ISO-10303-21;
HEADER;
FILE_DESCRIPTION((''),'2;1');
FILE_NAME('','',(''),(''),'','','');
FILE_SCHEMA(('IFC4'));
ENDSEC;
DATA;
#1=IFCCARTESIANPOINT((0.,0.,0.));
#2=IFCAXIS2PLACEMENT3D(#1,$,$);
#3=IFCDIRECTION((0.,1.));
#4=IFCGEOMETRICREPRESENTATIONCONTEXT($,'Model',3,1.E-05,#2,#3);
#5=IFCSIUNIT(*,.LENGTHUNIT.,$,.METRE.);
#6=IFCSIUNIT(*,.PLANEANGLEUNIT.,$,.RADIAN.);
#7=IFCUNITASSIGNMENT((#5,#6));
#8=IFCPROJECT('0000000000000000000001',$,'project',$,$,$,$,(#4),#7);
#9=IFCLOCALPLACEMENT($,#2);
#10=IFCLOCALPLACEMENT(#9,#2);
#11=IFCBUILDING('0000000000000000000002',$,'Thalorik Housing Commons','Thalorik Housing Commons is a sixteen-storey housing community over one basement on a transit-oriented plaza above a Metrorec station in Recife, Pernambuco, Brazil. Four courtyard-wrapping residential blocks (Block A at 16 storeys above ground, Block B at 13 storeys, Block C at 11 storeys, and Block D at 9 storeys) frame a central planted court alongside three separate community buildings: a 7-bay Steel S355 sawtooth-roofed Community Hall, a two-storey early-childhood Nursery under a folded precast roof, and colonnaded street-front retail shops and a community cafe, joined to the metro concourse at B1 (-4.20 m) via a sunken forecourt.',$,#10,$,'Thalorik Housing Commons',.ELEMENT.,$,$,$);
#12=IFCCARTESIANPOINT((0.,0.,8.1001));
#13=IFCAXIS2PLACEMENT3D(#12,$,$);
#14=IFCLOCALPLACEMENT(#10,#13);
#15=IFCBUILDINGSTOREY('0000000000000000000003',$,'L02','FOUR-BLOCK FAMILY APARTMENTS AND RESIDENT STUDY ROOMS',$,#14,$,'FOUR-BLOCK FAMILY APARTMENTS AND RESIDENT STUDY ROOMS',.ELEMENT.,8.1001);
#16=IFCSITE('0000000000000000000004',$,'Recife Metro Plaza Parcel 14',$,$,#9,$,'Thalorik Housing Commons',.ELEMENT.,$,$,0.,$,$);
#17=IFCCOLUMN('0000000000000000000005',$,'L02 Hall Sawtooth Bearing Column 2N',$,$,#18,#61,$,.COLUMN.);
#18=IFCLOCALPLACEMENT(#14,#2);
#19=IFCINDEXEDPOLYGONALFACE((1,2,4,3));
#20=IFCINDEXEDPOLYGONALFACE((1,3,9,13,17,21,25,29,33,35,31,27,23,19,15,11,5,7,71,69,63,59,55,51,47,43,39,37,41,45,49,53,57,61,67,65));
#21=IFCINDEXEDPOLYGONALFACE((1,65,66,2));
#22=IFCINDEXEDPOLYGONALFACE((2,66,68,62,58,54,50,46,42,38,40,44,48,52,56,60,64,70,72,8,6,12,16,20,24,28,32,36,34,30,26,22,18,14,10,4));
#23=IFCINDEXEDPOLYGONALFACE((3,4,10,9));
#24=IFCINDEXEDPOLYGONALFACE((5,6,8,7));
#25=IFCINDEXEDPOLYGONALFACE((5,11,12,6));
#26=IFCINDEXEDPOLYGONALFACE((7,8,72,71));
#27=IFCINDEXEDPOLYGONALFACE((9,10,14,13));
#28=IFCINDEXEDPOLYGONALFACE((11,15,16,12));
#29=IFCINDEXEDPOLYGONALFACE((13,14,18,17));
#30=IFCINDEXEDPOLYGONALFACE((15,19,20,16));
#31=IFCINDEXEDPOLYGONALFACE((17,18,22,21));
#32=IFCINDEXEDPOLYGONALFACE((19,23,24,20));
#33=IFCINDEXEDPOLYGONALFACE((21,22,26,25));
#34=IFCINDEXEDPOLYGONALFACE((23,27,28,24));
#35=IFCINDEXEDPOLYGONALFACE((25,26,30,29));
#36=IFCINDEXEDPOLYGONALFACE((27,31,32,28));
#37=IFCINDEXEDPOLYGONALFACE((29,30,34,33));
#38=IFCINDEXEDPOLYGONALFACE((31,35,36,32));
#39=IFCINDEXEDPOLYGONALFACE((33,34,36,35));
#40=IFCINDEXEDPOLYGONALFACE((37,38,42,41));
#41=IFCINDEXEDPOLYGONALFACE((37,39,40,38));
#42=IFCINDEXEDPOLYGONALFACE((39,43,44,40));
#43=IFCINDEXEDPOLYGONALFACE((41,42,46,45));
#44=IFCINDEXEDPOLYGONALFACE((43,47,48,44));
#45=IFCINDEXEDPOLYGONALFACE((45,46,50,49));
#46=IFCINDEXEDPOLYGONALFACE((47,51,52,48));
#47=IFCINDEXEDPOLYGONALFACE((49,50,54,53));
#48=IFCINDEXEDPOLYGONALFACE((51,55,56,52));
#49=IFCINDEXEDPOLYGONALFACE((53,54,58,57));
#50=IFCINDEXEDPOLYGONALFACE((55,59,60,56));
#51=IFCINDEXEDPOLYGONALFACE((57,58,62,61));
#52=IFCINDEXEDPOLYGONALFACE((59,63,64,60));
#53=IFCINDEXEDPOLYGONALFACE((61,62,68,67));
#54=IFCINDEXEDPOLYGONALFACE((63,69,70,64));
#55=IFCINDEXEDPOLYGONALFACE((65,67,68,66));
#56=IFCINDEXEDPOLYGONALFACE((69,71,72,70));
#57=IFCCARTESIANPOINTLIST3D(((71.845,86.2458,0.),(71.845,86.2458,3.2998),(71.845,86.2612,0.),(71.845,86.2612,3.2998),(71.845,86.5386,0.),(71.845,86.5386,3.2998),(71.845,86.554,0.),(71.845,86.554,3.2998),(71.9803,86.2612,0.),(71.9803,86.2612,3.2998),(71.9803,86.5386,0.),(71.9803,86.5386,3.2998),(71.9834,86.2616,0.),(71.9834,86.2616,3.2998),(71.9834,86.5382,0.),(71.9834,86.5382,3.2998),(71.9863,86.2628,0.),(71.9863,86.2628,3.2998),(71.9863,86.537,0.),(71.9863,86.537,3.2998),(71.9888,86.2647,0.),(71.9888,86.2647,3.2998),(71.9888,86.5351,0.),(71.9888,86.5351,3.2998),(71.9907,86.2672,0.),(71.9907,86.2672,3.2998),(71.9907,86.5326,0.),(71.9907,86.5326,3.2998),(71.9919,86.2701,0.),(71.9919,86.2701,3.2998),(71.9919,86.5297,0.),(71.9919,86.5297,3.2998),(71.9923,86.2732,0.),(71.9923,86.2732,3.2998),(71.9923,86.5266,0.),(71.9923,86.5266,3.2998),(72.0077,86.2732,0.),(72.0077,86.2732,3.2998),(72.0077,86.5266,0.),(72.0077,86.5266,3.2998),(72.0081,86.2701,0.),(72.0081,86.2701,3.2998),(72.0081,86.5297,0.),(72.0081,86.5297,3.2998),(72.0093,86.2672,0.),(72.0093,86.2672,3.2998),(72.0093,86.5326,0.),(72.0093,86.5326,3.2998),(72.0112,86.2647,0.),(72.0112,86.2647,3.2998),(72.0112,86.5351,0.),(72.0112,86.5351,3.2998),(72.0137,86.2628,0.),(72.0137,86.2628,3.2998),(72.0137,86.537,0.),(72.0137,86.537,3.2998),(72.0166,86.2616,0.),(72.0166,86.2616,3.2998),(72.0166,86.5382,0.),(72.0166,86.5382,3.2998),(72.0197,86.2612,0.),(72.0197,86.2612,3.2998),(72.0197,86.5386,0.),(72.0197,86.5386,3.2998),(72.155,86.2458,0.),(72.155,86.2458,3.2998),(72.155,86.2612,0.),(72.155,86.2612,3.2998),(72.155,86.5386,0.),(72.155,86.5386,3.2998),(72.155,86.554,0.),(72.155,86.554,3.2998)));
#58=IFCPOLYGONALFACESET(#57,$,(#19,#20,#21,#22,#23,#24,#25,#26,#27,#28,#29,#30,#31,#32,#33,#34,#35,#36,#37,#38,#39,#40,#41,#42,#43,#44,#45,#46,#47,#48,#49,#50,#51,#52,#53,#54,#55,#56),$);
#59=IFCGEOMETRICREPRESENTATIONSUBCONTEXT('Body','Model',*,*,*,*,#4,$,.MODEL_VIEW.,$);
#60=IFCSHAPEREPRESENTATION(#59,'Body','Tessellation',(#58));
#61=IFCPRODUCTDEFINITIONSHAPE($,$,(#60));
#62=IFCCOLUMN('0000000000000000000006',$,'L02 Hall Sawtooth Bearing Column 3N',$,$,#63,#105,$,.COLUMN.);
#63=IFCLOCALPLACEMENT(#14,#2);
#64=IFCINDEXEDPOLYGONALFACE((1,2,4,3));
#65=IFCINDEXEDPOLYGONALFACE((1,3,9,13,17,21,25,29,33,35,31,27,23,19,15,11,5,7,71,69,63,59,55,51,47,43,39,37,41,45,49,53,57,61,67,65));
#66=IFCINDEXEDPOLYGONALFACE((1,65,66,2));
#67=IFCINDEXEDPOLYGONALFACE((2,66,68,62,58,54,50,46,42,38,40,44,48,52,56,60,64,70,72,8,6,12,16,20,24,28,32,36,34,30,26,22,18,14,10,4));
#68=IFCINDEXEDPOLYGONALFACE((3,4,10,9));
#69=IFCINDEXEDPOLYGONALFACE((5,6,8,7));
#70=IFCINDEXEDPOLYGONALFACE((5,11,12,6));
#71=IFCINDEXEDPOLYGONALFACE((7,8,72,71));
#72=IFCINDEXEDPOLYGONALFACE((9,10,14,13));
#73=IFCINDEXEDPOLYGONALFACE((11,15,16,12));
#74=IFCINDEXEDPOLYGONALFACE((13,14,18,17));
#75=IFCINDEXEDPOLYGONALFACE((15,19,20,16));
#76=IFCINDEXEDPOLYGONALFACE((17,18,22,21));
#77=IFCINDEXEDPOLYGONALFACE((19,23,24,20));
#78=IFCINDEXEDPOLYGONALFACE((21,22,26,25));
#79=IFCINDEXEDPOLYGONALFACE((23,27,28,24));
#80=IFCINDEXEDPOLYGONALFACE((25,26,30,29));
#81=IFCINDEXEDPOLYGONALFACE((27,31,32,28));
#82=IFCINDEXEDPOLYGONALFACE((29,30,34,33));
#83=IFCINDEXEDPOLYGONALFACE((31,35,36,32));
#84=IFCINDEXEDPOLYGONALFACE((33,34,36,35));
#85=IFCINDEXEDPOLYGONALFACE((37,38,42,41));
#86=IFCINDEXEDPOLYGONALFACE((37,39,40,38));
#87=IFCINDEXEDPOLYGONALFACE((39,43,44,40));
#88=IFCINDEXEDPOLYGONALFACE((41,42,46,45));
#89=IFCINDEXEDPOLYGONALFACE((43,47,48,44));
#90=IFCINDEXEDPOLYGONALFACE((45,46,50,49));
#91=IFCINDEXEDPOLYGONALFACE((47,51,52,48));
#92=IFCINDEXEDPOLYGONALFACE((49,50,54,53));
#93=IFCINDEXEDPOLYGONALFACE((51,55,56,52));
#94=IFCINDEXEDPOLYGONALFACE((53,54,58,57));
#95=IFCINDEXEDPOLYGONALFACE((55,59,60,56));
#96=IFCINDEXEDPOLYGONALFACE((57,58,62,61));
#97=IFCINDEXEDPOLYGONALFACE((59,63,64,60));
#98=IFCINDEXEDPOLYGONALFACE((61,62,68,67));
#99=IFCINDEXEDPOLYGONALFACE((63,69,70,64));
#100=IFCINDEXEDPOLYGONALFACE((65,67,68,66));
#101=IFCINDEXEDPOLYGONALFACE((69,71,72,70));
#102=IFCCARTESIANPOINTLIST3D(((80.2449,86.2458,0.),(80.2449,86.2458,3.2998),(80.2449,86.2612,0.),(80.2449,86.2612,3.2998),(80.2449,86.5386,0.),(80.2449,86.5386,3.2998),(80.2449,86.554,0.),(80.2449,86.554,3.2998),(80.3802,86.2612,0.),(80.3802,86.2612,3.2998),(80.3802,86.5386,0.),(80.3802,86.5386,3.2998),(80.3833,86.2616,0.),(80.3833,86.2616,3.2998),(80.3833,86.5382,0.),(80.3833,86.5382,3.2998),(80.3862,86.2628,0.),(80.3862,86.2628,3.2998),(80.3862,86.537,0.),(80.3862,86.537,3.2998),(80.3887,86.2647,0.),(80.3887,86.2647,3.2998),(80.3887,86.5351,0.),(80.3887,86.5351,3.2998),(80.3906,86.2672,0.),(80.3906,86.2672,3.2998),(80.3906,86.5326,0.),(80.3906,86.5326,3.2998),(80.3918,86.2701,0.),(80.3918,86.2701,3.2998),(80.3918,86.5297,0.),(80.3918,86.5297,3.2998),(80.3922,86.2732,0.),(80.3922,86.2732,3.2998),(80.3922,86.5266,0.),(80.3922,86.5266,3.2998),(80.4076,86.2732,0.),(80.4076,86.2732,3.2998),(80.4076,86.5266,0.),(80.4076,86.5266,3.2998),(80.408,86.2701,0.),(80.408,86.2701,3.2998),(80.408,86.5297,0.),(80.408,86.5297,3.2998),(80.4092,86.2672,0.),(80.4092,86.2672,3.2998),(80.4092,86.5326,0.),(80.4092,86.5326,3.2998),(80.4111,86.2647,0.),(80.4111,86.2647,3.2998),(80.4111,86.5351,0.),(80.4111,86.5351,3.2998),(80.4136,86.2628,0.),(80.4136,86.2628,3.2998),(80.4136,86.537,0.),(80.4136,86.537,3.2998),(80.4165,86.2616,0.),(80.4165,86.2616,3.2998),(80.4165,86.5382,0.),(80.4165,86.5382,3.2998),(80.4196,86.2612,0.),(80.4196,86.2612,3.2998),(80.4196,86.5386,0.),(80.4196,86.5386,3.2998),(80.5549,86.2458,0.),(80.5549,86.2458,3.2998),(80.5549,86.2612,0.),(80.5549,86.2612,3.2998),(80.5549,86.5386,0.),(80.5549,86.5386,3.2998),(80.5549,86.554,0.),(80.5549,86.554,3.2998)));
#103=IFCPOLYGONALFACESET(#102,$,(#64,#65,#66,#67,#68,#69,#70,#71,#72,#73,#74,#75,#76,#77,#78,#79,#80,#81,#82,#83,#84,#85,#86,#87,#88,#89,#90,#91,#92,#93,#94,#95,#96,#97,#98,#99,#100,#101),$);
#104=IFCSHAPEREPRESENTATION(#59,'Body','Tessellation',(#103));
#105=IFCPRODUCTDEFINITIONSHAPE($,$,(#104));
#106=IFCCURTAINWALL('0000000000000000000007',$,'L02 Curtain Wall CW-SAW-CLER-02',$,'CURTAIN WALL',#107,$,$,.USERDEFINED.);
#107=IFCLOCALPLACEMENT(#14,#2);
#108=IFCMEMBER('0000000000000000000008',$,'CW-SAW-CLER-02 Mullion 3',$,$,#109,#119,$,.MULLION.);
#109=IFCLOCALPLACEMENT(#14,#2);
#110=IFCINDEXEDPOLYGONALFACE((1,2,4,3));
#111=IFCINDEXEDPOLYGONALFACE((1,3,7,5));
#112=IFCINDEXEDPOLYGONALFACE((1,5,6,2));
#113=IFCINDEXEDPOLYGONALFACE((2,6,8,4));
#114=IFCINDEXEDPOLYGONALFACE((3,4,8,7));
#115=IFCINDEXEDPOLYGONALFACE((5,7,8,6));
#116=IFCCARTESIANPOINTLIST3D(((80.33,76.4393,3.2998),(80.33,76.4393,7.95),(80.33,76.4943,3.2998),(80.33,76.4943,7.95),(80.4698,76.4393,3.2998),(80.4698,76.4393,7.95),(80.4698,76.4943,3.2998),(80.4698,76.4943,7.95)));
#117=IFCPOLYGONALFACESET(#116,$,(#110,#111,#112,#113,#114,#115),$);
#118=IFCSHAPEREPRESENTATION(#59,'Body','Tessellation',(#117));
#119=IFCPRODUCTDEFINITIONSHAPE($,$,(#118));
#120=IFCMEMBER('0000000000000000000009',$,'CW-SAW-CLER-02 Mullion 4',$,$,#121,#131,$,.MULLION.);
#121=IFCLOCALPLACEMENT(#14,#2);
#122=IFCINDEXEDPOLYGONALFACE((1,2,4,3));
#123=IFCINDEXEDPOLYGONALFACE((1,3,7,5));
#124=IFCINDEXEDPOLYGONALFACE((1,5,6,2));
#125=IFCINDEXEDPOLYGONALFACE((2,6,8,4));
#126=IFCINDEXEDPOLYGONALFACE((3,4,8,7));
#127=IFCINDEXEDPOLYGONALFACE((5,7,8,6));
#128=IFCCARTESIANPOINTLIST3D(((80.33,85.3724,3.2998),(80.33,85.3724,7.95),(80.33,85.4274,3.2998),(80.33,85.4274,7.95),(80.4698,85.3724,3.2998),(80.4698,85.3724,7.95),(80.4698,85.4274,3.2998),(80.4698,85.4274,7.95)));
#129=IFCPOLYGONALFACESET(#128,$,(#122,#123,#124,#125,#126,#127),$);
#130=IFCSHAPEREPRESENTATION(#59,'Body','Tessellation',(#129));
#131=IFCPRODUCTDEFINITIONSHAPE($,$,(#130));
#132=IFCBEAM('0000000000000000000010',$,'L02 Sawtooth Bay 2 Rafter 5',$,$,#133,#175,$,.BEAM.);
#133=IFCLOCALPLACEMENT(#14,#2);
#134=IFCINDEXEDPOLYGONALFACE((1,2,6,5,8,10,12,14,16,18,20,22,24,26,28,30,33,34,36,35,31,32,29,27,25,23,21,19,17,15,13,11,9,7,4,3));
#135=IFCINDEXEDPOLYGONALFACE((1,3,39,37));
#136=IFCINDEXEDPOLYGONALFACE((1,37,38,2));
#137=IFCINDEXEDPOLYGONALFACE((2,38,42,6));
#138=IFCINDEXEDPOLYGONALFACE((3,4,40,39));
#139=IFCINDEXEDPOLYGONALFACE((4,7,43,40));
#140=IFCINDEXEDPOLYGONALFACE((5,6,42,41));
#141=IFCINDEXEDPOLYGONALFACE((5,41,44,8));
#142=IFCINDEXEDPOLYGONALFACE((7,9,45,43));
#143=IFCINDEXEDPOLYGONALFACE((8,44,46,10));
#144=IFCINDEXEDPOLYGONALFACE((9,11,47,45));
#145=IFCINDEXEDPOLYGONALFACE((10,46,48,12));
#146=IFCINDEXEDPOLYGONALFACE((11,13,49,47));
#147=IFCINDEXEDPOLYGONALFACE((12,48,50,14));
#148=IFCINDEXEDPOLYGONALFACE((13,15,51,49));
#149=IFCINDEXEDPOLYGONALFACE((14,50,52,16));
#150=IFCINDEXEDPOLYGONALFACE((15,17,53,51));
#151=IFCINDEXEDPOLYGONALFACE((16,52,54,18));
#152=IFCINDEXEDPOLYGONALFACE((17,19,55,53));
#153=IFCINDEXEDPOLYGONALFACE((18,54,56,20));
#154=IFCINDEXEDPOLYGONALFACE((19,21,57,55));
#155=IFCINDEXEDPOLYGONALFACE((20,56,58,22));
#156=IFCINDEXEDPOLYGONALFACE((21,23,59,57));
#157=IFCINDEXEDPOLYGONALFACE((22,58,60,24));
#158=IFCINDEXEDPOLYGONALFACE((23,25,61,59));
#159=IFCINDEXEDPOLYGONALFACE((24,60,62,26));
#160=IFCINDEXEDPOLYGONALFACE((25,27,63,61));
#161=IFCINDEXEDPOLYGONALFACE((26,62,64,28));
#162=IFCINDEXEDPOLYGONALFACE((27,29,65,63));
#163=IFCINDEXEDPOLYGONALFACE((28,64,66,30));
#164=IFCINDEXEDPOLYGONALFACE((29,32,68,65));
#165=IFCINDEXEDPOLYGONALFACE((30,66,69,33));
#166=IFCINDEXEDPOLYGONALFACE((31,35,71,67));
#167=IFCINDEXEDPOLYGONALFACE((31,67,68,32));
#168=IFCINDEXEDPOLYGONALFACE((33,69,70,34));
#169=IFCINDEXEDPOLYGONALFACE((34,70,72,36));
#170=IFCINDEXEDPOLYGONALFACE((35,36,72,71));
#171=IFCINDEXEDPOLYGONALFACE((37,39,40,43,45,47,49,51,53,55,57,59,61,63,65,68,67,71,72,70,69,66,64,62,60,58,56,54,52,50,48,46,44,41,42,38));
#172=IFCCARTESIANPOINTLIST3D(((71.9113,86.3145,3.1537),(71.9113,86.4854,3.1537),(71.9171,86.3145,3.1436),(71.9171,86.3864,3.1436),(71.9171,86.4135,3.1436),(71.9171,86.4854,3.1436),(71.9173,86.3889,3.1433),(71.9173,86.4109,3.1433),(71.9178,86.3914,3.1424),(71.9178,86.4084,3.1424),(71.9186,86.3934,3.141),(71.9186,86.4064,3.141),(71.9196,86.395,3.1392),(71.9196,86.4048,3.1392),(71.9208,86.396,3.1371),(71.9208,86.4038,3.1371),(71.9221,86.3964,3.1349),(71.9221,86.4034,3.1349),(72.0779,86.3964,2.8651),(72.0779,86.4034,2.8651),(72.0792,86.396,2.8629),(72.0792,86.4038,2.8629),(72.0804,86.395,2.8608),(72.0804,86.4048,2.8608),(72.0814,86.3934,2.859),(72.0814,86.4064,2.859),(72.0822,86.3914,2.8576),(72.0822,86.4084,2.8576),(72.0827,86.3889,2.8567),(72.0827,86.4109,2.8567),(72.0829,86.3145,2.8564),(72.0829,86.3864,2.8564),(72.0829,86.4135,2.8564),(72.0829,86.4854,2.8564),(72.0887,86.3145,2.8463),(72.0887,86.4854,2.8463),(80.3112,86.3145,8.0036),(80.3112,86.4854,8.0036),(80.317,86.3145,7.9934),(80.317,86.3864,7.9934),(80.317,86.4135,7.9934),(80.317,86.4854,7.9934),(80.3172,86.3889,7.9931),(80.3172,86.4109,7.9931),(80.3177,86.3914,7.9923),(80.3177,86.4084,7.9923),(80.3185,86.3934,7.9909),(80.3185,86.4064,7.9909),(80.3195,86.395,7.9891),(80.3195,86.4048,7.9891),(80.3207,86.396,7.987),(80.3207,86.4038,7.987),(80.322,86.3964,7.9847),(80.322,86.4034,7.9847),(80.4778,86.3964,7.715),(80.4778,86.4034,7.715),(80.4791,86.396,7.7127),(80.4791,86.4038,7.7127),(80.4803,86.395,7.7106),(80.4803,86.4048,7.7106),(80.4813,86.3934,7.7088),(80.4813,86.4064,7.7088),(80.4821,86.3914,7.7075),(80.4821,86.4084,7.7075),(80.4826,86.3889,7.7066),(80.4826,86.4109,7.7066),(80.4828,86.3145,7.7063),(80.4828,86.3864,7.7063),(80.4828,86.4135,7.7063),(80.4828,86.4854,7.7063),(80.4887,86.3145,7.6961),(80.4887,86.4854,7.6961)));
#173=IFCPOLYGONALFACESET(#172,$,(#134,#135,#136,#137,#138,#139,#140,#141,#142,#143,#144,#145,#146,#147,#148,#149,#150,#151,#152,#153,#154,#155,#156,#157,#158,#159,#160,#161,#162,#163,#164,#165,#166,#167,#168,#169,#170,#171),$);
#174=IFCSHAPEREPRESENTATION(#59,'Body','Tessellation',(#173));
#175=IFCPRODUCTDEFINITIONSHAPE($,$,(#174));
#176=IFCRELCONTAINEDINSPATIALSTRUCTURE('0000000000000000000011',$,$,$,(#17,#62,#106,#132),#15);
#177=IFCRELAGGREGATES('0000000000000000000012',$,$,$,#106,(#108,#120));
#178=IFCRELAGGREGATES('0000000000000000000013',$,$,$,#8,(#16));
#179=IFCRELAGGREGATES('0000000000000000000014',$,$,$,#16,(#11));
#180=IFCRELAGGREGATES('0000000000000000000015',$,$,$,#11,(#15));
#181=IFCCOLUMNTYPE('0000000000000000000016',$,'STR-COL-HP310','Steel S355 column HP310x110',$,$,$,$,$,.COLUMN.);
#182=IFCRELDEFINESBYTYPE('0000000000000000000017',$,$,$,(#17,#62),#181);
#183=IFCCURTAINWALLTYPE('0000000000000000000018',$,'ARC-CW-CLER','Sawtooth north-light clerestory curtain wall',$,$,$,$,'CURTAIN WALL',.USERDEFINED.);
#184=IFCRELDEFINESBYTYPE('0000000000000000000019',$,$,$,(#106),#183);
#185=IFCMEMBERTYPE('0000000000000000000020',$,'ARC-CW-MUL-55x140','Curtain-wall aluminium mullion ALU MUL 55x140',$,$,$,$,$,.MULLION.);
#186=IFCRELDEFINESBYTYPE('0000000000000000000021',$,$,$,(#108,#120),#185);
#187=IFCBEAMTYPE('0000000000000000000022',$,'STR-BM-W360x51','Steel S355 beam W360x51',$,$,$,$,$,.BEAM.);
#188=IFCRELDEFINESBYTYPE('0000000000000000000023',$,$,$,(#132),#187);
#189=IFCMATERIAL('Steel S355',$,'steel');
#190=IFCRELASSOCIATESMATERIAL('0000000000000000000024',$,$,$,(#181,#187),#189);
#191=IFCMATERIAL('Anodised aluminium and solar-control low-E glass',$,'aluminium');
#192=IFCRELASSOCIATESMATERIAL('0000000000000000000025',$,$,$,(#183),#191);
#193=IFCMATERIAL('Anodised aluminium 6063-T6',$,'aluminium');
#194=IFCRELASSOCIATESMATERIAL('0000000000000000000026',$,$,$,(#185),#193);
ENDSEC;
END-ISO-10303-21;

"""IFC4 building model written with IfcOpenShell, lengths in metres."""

from ifc_helpers import new_model, si_unit, direction, frame, origin, origin_2d, place, context, subcontext, project, spatial, rectangle, i_section, extrude, material, material_profile, profile_set, type_object, element, aggregate, save


model = new_model("IFC4")

# Units and contexts
model_context = context("Model", 3, precision=1e-05, world=origin(), true_north=direction((0.0, 1.0)))
body_context = subcontext(model_context, "Body", "Model", "MODEL_VIEW")
ifc_project = project(units=[si_unit("LENGTHUNIT", "METRE"), si_unit("PLANEANGLEUNIT", "RADIAN")], contexts=[model_context])

# Site, building, storey
site_placement = place(None, origin())
site = spatial("IfcSite", under=ifc_project, at=site_placement, Name="Recife Metro Plaza Parcel 14", LongName="Thalorik Housing Commons", CompositionType="ELEMENT", RefElevation=0.0)
building_placement = place(site_placement, origin())
building = spatial("IfcBuilding", under=site, at=building_placement, Name="Thalorik Housing Commons", Description="Thalorik Housing Commons is a sixteen-storey housing community over one basement on a transit-oriented plaza above a Metrorec station in Recife, Pernambuco, Brazil. Four courtyard-wrapping residential blocks (Block A at 16 storeys above ground, Block B at 13 storeys, Block C at 11 storeys, and Block D at 9 storeys) frame a central planted court alongside three separate community buildings: a 7-bay Steel S355 sawtooth-roofed Community Hall, a two-storey early-childhood Nursery under a folded precast roof, and colonnaded street-front retail shops and a community cafe, joined to the metro concourse at B1 (-4.20 m) via a sunken forecourt.", LongName="Thalorik Housing Commons", CompositionType="ELEMENT")
storey_placement = place(building_placement, frame((0.0, 0.0, 8.1001)))
storey = spatial("IfcBuildingStorey", under=building, at=storey_placement, Name="L02", Description="FOUR-BLOCK FAMILY APARTMENTS AND RESIDENT STUDY ROOMS", LongName="FOUR-BLOCK FAMILY APARTMENTS AND RESIDENT STUDY ROOMS", CompositionType="ELEMENT", Elevation=8.1001)

# Columns
ifc_material_1 = material(Name="Steel S355", Category="steel")
ifc_material_profile_1 = material_profile(ifc_material_1, i_section(OverallWidth=0.3101, OverallDepth=0.3081, WebThickness=0.0154, FlangeThickness=0.0154, FilletRadius=0.012, at=origin_2d()), Name="HP310x110", Category="steel")
ifc_profile_set_1 = profile_set([ifc_material_profile_1], Name="Steel S355")
column_type = type_object("IfcColumnType", Name="STR-COL-HP310", Description="Steel S355 column HP310x110", PredefinedType="COLUMN", material=ifc_profile_set_1)
for number, where, z_axis, x_axis, name in (
    (1, (72.0, 86.3999, 0.0), (0.0, 0.0, 1.0), (1.0, 0.0, 0.0), "L02 Hall Sawtooth Bearing Column 2N"),
    (2, (80.3999, 86.3999, 0.0), (0.0, 0.0, 1.0), (1.0, 0.0, 0.0), "L02 Hall Sawtooth Bearing Column 3N"),
):
    element("IfcColumn", number, at=place(storey_placement, frame(where, z_axis=z_axis, x_axis=x_axis)), inside=storey, type_object=column_type, Name=name, PredefinedType="COLUMN", context=body_context, shape_type="SweptSolid", body=[
        extrude(i_section(OverallWidth=0.3101, OverallDepth=0.3081, WebThickness=0.0154, FlangeThickness=0.0154, FilletRadius=0.012, at=origin_2d()), origin(), (0.0, 0.0, 1.0), 3.2998),
    ])

# Curtain wall, members
ifc_material_2 = material(Name="Anodised aluminium and solar-control low-E glass", Category="aluminium")
curtain_wall_type = type_object("IfcCurtainWallType", Name="ARC-CW-CLER", Description="Sawtooth north-light clerestory curtain wall", ElementType="CURTAIN WALL", PredefinedType="USERDEFINED", material=ifc_material_2)
curtain_wall_placement = place(storey_placement, origin())
curtain_wall = element("IfcCurtainWall", 3, at=curtain_wall_placement, inside=storey, type_object=curtain_wall_type, Name="L02 Curtain Wall CW-SAW-CLER-02", ObjectType="CURTAIN WALL", PredefinedType="USERDEFINED")
ifc_material_3 = material(Name="Anodised aluminium 6063-T6", Category="aluminium")
ifc_material_profile_2 = material_profile(ifc_material_3, rectangle(XDim=0.0549, YDim=0.1399, at=origin_2d()), Name="ALU MUL 55x140", Category="aluminium")
ifc_profile_set_2 = profile_set([ifc_material_profile_2], Name="Anodised aluminium 6063-T6")
member_type_1 = type_object("IfcMemberType", Name="ARC-CW-MUL-55x140", Description="Curtain-wall aluminium mullion ALU MUL 55x140", PredefinedType="MULLION", material=ifc_profile_set_2)
member_1_placement = place(storey_placement, frame((80.3999, 76.4668, 3.2998), z_axis=(0.0, 0.0, 1.0), x_axis=(0.0, 1.0, 0.0)))
member_1 = element("IfcMember", 4, at=member_1_placement, type_object=member_type_1, Name="CW-SAW-CLER-02 Mullion 3", PredefinedType="MULLION", context=body_context, shape_type="SweptSolid", body=[
    extrude(rectangle(XDim=0.0549, YDim=0.1399, at=origin_2d()), origin(), (0.0, 0.0, 1.0), 4.6501),
])
member_2_placement = place(storey_placement, frame((80.3999, 85.3999, 3.2998), z_axis=(0.0, 0.0, 1.0), x_axis=(0.0, 1.0, 0.0)))
member_2 = element("IfcMember", 5, at=member_2_placement, type_object=member_type_1, Name="CW-SAW-CLER-02 Mullion 4", PredefinedType="MULLION", context=body_context, shape_type="SweptSolid", body=[
    extrude(rectangle(XDim=0.0549, YDim=0.1399, at=origin_2d()), origin(), (0.0, 0.0, 1.0), 4.6501),
])

# Beam
ifc_material_profile_3 = material_profile(ifc_material_1, i_section(OverallWidth=0.1709, OverallDepth=0.355, WebThickness=0.0071, FlangeThickness=0.0117, FilletRadius=0.01, at=origin_2d()), Name="W360x51", Category="steel")
ifc_profile_set_3 = profile_set([ifc_material_profile_3], Name="Steel S355")
beam_type = type_object("IfcBeamType", Name="STR-BM-W360x51", Description="Steel S355 beam W360x51", PredefinedType="BEAM", material=ifc_profile_set_3)
beam_placement = place(storey_placement, frame((72.0, 86.3999, 3.0), z_axis=(0.866018, 0.0, 0.500013), x_axis=(0.0, 1.0, 0.0)))
element("IfcBeam", 6, at=beam_placement, inside=storey, type_object=beam_type, Name="L02 Sawtooth Bay 2 Rafter 5", PredefinedType="BEAM", context=body_context, shape_type="SweptSolid", body=[
    extrude(i_section(OverallWidth=0.1709, OverallDepth=0.355, WebThickness=0.0071, FlangeThickness=0.0117, FilletRadius=0.01, at=origin_2d()), origin(), (0.0, 0.0, 1.0), 9.6995),
])

aggregate(curtain_wall, [member_1, member_2])

save(model, "model.ifc")
